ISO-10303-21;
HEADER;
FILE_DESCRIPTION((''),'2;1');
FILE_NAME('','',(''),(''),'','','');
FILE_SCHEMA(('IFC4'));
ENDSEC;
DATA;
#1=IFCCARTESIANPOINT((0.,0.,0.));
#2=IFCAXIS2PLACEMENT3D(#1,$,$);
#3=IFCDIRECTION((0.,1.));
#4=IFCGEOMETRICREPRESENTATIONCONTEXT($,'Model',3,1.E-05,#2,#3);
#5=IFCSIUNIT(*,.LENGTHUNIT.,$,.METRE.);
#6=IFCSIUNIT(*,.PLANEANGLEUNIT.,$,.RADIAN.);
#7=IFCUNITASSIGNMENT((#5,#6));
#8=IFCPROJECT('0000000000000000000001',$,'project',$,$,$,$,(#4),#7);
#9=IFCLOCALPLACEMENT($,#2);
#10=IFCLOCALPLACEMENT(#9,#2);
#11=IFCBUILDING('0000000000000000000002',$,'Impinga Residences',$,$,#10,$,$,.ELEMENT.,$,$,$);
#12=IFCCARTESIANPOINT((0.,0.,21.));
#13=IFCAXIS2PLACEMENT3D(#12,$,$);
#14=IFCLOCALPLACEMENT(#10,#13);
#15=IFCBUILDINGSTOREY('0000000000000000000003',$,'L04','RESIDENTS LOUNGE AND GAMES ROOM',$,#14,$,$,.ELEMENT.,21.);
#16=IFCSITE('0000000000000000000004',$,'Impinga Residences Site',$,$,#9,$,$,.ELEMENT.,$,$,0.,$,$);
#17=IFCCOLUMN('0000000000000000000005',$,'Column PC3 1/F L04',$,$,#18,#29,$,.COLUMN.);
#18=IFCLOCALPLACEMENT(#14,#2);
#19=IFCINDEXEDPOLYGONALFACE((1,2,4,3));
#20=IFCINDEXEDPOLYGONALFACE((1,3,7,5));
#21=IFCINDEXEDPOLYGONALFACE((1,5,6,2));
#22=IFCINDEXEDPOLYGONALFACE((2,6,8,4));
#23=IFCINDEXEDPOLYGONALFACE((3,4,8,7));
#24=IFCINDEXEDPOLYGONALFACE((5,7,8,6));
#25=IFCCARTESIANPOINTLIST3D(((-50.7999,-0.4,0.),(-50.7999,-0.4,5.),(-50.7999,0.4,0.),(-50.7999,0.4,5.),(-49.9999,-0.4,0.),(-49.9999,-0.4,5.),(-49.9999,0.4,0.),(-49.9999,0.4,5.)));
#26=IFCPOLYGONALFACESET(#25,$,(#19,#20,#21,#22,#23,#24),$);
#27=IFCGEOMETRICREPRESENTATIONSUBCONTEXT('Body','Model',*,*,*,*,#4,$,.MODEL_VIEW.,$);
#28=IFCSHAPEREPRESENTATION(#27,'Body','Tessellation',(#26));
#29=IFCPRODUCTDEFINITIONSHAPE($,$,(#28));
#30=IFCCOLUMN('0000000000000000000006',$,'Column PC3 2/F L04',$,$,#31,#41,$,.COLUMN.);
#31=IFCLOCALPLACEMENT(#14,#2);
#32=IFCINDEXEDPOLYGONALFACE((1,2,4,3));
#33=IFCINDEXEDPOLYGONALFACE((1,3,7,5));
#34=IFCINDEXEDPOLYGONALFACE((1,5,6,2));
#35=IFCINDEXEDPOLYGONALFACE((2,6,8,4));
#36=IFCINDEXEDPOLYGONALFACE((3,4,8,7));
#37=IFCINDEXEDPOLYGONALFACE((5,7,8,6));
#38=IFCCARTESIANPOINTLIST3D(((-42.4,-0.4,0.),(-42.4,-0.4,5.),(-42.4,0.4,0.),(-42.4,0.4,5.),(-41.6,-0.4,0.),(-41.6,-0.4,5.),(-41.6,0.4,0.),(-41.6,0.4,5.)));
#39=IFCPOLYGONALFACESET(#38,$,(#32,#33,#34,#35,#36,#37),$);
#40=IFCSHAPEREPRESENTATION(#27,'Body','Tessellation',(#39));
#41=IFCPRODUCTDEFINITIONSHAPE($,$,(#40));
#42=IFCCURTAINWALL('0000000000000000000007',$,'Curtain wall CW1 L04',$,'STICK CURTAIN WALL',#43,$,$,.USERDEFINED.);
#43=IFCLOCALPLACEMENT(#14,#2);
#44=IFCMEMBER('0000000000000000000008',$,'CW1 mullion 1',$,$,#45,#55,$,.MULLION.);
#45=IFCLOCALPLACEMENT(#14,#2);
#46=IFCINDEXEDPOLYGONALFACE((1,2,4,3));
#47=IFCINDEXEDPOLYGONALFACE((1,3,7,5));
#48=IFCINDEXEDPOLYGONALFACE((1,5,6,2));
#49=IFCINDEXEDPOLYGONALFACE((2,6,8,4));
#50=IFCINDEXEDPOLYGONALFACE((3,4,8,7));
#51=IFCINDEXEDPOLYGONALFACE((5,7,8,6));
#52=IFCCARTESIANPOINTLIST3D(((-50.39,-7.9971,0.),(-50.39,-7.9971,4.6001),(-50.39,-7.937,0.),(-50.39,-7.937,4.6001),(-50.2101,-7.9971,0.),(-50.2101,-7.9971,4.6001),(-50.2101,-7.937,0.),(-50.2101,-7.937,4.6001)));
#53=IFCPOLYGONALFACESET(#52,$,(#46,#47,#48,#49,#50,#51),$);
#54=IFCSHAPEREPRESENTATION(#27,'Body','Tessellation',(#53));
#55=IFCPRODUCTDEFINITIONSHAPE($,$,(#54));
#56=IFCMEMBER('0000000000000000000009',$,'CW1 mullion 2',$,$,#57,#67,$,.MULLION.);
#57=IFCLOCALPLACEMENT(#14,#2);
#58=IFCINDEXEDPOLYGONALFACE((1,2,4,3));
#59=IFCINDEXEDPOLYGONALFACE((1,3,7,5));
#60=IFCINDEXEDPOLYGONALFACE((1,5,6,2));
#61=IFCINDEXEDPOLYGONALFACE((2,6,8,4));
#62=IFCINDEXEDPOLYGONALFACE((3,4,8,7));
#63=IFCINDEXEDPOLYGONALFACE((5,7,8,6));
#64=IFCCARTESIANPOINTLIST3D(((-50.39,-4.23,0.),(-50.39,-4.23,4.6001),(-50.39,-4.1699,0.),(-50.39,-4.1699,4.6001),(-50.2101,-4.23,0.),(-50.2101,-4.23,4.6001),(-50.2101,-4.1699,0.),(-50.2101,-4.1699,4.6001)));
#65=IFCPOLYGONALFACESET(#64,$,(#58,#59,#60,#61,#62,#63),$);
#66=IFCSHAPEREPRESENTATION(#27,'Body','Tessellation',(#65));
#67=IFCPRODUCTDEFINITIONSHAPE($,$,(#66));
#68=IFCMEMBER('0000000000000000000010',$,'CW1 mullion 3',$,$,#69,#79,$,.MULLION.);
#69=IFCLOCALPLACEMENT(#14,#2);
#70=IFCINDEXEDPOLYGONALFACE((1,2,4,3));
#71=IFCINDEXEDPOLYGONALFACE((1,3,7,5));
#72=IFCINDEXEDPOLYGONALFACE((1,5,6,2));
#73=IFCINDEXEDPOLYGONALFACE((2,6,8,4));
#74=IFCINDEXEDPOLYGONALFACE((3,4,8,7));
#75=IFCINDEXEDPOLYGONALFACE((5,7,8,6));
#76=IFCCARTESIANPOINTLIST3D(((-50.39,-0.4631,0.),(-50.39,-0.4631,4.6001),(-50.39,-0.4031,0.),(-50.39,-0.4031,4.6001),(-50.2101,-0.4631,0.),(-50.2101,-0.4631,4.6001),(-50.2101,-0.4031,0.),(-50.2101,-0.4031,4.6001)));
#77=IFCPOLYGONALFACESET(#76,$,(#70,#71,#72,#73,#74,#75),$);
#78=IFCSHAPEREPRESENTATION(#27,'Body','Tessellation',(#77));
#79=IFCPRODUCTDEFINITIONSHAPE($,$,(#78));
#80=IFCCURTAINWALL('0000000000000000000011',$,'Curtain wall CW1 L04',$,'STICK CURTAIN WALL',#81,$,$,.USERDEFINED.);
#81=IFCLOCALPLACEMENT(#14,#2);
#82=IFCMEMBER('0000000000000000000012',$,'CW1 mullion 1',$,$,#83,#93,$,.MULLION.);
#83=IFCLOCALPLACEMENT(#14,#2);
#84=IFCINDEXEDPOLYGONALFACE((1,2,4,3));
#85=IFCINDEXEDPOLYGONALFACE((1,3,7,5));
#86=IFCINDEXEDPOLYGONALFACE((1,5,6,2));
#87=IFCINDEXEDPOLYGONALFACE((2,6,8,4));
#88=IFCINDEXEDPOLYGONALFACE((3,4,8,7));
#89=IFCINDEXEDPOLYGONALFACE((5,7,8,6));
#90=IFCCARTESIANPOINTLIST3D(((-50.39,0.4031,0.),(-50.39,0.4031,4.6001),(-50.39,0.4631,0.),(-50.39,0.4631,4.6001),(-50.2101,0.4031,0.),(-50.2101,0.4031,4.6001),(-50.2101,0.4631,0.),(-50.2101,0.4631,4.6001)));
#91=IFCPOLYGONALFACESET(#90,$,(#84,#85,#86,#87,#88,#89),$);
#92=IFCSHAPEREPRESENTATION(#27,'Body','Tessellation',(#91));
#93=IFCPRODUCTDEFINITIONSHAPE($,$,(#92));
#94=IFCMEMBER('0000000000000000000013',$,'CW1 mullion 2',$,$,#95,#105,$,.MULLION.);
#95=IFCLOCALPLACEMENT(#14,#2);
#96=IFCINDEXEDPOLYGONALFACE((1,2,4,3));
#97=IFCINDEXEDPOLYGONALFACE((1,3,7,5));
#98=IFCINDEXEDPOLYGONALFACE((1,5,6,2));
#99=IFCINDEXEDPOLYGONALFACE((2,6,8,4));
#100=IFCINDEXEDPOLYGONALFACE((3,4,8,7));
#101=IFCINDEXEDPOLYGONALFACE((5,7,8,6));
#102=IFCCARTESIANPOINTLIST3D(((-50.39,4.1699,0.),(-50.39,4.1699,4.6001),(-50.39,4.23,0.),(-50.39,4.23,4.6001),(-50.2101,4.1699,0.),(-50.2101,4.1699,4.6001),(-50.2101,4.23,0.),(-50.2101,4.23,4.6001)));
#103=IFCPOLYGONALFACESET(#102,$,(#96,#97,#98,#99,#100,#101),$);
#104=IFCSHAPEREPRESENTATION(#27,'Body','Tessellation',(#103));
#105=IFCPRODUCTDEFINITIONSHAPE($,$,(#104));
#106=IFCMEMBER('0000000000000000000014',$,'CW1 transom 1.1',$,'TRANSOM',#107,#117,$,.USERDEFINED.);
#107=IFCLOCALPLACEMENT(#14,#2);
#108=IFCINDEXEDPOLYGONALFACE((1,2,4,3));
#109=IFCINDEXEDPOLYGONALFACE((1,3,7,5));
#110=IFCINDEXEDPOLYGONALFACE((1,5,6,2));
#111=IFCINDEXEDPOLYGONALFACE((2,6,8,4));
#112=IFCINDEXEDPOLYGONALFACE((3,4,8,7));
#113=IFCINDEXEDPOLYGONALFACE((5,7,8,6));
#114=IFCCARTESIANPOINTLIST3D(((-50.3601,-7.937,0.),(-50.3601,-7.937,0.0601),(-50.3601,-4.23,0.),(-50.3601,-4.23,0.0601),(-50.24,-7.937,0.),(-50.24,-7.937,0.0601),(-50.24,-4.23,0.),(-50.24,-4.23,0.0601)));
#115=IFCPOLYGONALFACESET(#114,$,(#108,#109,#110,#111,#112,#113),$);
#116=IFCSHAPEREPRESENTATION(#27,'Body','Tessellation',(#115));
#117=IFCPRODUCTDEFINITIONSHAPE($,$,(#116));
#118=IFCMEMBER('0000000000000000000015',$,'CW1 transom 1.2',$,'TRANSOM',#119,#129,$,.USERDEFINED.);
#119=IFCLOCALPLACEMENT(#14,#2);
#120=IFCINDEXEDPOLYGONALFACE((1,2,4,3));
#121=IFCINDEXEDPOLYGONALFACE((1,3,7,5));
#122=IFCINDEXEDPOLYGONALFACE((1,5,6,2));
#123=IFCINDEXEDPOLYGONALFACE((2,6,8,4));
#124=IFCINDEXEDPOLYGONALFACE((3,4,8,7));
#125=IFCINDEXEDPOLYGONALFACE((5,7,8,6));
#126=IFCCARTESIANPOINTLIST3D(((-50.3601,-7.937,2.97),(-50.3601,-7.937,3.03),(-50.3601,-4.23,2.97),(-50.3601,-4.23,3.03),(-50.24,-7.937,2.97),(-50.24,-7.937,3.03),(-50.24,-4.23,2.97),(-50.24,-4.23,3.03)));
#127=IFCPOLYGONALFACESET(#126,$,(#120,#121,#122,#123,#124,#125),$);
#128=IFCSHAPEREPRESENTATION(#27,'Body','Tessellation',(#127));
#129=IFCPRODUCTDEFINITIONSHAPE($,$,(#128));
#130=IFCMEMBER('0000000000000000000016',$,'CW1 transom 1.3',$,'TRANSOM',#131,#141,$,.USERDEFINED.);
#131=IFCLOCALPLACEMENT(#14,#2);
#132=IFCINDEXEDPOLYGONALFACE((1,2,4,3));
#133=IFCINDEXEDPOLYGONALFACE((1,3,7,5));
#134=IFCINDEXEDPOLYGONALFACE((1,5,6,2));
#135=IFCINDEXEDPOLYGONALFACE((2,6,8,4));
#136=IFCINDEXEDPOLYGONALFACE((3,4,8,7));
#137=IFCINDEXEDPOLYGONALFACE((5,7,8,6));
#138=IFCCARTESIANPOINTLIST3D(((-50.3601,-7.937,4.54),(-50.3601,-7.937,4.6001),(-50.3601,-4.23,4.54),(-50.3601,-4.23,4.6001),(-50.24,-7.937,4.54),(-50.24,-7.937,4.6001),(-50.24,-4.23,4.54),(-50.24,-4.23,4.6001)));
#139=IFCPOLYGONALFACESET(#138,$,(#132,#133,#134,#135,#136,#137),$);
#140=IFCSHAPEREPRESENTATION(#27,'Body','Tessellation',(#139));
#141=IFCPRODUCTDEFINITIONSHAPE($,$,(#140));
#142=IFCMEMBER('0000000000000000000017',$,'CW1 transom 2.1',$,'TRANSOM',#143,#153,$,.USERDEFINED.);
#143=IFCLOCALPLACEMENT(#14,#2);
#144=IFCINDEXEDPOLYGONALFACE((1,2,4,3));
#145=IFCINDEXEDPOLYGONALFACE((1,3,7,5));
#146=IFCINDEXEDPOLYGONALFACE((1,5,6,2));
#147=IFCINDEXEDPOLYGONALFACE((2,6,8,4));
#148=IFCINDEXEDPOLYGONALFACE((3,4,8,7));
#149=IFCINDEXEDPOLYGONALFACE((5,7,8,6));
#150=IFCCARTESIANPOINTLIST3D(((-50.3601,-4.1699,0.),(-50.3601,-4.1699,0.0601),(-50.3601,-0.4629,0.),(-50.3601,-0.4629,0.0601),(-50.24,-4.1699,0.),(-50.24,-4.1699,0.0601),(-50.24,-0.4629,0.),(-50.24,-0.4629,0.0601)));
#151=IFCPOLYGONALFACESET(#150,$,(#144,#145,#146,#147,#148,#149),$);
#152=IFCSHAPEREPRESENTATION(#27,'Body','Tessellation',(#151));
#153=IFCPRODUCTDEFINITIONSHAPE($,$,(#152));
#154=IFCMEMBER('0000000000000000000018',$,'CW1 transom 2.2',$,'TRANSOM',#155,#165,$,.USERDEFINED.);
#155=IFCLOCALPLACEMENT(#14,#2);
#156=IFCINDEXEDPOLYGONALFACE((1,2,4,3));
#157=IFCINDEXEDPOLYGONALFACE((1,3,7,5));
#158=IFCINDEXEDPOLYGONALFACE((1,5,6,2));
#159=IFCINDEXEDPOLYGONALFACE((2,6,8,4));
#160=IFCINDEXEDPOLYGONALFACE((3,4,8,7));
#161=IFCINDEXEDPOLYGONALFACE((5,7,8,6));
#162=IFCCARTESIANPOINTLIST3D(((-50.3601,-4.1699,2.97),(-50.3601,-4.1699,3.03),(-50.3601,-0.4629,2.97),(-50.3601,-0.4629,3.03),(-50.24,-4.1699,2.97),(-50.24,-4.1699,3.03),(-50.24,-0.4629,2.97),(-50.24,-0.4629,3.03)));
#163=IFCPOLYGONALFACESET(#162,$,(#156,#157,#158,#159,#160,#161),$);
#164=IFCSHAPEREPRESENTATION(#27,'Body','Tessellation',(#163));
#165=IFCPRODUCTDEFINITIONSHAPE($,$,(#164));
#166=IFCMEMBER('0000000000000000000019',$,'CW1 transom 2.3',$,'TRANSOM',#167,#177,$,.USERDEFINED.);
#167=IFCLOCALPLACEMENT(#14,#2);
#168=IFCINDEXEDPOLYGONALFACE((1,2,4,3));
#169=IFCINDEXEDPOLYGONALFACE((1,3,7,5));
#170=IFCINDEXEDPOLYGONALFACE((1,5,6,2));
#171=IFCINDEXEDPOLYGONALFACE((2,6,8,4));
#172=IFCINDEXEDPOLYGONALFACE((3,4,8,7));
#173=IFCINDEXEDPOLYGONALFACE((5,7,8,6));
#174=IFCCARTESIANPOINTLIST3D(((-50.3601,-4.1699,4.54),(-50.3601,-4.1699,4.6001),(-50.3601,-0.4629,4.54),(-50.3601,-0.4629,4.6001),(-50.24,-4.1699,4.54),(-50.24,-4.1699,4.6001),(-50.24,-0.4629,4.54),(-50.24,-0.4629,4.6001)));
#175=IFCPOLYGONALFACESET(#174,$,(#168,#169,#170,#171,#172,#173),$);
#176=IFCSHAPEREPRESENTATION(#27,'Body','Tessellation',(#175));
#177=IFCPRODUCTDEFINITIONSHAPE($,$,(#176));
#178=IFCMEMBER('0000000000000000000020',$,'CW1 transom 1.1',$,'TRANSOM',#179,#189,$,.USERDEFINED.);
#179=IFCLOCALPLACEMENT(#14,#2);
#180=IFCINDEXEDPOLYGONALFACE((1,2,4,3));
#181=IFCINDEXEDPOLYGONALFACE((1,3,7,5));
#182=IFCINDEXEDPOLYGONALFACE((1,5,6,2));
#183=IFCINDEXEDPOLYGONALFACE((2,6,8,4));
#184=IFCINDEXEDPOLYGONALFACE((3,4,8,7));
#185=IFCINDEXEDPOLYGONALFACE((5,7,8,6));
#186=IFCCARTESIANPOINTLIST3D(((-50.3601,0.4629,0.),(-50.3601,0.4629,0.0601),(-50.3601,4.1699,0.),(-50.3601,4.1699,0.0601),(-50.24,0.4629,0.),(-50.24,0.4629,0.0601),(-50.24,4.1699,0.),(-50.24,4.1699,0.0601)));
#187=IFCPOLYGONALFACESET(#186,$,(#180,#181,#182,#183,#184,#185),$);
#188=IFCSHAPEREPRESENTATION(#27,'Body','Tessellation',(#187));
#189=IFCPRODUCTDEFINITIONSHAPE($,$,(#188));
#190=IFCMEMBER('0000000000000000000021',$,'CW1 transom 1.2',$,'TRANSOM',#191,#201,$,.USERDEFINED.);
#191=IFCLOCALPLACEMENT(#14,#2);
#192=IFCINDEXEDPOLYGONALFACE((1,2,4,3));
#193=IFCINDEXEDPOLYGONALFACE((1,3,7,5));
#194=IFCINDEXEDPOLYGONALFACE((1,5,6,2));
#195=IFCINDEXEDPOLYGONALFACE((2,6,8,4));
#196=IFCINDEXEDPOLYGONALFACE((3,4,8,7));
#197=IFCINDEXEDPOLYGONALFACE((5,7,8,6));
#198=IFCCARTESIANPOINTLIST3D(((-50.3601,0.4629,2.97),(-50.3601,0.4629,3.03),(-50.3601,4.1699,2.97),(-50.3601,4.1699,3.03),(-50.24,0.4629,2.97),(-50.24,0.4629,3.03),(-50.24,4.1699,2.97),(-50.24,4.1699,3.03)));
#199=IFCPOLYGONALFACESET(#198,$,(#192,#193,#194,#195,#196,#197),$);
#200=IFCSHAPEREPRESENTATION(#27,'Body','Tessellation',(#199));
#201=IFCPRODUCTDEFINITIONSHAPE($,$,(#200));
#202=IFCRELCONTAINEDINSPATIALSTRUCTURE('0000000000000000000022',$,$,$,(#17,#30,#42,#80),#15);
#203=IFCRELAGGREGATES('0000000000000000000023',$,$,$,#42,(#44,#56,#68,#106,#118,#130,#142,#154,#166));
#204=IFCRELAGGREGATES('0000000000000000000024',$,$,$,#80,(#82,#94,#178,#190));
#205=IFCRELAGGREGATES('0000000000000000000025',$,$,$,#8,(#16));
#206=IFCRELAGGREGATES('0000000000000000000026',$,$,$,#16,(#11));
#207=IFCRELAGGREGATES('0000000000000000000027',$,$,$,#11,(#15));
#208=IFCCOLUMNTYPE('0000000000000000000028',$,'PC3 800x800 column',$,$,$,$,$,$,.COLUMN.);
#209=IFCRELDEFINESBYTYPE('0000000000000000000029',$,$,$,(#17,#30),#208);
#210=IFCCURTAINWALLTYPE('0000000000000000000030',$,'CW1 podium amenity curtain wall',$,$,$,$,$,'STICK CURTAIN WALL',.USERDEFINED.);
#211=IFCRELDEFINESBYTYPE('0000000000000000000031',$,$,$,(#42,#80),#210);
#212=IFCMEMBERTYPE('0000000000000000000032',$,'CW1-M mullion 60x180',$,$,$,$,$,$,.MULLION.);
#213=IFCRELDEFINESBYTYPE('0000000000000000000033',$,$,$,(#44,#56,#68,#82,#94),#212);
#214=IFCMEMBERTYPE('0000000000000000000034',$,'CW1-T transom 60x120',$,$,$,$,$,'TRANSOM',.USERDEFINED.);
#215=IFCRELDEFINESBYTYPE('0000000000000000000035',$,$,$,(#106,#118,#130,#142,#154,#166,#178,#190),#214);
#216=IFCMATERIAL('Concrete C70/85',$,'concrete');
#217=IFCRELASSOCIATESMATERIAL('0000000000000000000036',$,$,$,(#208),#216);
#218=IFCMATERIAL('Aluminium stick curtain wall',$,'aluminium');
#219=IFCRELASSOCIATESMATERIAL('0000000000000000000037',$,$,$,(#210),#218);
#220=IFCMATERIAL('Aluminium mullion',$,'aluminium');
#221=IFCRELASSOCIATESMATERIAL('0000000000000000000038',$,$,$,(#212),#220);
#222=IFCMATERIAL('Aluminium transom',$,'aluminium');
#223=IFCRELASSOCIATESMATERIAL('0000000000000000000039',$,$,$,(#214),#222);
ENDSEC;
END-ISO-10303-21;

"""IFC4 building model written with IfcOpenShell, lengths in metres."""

from ifc_helpers import new_model, si_unit, direction, frame, origin, origin_2d, place, context, subcontext, project, spatial, rectangle, extrude, material, material_profile, profile_set, type_object, element, aggregate, save


model = new_model("IFC4")

# Units and contexts
model_context = context("Model", 3, precision=1e-05, world=origin(), true_north=direction((0.0, 1.0)))
body_context = subcontext(model_context, "Body", "Model", "MODEL_VIEW")
ifc_project = project(units=[si_unit("LENGTHUNIT", "METRE"), si_unit("PLANEANGLEUNIT", "RADIAN")], contexts=[model_context])

# Site, building, storey
site_placement = place(None, origin())
site = spatial("IfcSite", under=ifc_project, at=site_placement, Name="Impinga Residences Site", CompositionType="ELEMENT", RefElevation=0.0)
building_placement = place(site_placement, origin())
building = spatial("IfcBuilding", under=site, at=building_placement, Name="Impinga Residences", CompositionType="ELEMENT")
storey_placement = place(building_placement, frame((0.0, 0.0, 21.0)))
storey = spatial("IfcBuildingStorey", under=building, at=storey_placement, Name="L04", Description="RESIDENTS LOUNGE AND GAMES ROOM", CompositionType="ELEMENT", Elevation=21.0)

# Columns
ifc_material_1 = material(Name="Concrete C70/85", Category="concrete")
ifc_material_profile_1 = material_profile(ifc_material_1, rectangle(XDim=0.8, YDim=0.8, at=origin_2d()), Name="RC 800x800")
ifc_profile_set_1 = profile_set([ifc_material_profile_1], Name="Concrete C70/85")
column_type = type_object("IfcColumnType", Name="PC3 800x800 column", PredefinedType="COLUMN", material=ifc_profile_set_1)
for number, where, z_axis, x_axis, name in (
    (1, (-50.3999, 0.0, 0.0), (0.0, 0.0, 1.0), (1.0, 0.0, 0.0), "Column PC3 1/F L04"),
    (2, (-42.0, 0.0, 0.0), (0.0, 0.0, 1.0), (1.0, 0.0, 0.0), "Column PC3 2/F L04"),
):
    element("IfcColumn", number, at=place(storey_placement, frame(where, z_axis=z_axis, x_axis=x_axis)), inside=storey, type_object=column_type, Name=name, PredefinedType="COLUMN", context=body_context, shape_type="SweptSolid", body=[
        extrude(rectangle(XDim=0.8, YDim=0.8, at=origin_2d()), origin(), (0.0, 0.0, 1.0), 5.0),
    ])

# Curtain walls, members
ifc_material_2 = material(Name="Aluminium stick curtain wall", Category="aluminium")
curtain_wall_type = type_object("IfcCurtainWallType", Name="CW1 podium amenity curtain wall", ElementType="STICK CURTAIN WALL", PredefinedType="USERDEFINED", material=ifc_material_2)
curtain_wall_1_placement = place(storey_placement, origin())
curtain_wall_1 = element("IfcCurtainWall", 3, at=curtain_wall_1_placement, inside=storey, type_object=curtain_wall_type, Name="Curtain wall CW1 L04", ObjectType="STICK CURTAIN WALL", PredefinedType="USERDEFINED")
ifc_material_3 = material(Name="Aluminium mullion", Category="aluminium")
ifc_material_profile_2 = material_profile(ifc_material_3, rectangle(XDim=0.0601, YDim=0.1799, at=origin_2d()), Name="60x180 mullion")
ifc_profile_set_2 = profile_set([ifc_material_profile_2], Name="Aluminium mullion")
member_type_1 = type_object("IfcMemberType", Name="CW1-M mullion 60x180", PredefinedType="MULLION", material=ifc_profile_set_2)
member_1_placement = place(storey_placement, frame((-50.3, -7.967, 0.0), z_axis=(0.0, 0.0, 1.0), x_axis=(0.0, 1.0, 0.0)))
member_1 = element("IfcMember", 4, at=member_1_placement, type_object=member_type_1, Name="CW1 mullion 1", PredefinedType="MULLION", context=body_context, shape_type="SweptSolid", body=[
    extrude(rectangle(XDim=0.0601, YDim=0.1799, at=origin_2d()), origin(), (0.0, 0.0, 1.0), 4.6001),
])
member_2_placement = place(storey_placement, frame((-50.3, -4.2, 0.0), z_axis=(0.0, 0.0, 1.0), x_axis=(0.0, 1.0, 0.0)))
member_2 = element("IfcMember", 5, at=member_2_placement, type_object=member_type_1, Name="CW1 mullion 2", PredefinedType="MULLION", context=body_context, shape_type="SweptSolid", body=[
    extrude(rectangle(XDim=0.0601, YDim=0.1799, at=origin_2d()), origin(), (0.0, 0.0, 1.0), 4.6001),
])
member_3_placement = place(storey_placement, frame((-50.3, -0.4331, 0.0), z_axis=(0.0, 0.0, 1.0), x_axis=(0.0, 1.0, 0.0)))
member_3 = element("IfcMember", 6, at=member_3_placement, type_object=member_type_1, Name="CW1 mullion 3", PredefinedType="MULLION", context=body_context, shape_type="SweptSolid", body=[
    extrude(rectangle(XDim=0.0601, YDim=0.1799, at=origin_2d()), origin(), (0.0, 0.0, 1.0), 4.6001),
])
curtain_wall_2_placement = place(storey_placement, origin())
curtain_wall_2 = element("IfcCurtainWall", 7, at=curtain_wall_2_placement, inside=storey, type_object=curtain_wall_type, Name="Curtain wall CW1 L04", ObjectType="STICK CURTAIN WALL", PredefinedType="USERDEFINED")
member_4_placement = place(storey_placement, frame((-50.3, 0.4331, 0.0), z_axis=(0.0, 0.0, 1.0), x_axis=(0.0, 1.0, 0.0)))
member_4 = element("IfcMember", 8, at=member_4_placement, type_object=member_type_1, Name="CW1 mullion 1", PredefinedType="MULLION", context=body_context, shape_type="SweptSolid", body=[
    extrude(rectangle(XDim=0.0601, YDim=0.1799, at=origin_2d()), origin(), (0.0, 0.0, 1.0), 4.6001),
])
member_5_placement = place(storey_placement, frame((-50.3, 4.2, 0.0), z_axis=(0.0, 0.0, 1.0), x_axis=(0.0, 1.0, 0.0)))
member_5 = element("IfcMember", 9, at=member_5_placement, type_object=member_type_1, Name="CW1 mullion 2", PredefinedType="MULLION", context=body_context, shape_type="SweptSolid", body=[
    extrude(rectangle(XDim=0.0601, YDim=0.1799, at=origin_2d()), origin(), (0.0, 0.0, 1.0), 4.6001),
])

# Members
ifc_material_4 = material(Name="Aluminium transom", Category="aluminium")
ifc_material_profile_3 = material_profile(ifc_material_4, rectangle(XDim=0.0601, YDim=0.1201, at=origin_2d()), Name="60x120 transom")
ifc_profile_set_3 = profile_set([ifc_material_profile_3], Name="Aluminium transom")
member_type_2 = type_object("IfcMemberType", Name="CW1-T transom 60x120", ElementType="TRANSOM", PredefinedType="USERDEFINED", material=ifc_profile_set_3)
member_6_placement = place(storey_placement, frame((-50.3, -7.937, 0.03), z_axis=(0.0, 1.0, 0.0), x_axis=(0.0, 0.0, 1.0)))
member_6 = element("IfcMember", 10, at=member_6_placement, type_object=member_type_2, Name="CW1 transom 1.1", ObjectType="TRANSOM", PredefinedType="USERDEFINED", context=body_context, shape_type="SweptSolid", body=[
    extrude(rectangle(XDim=0.0601, YDim=0.1201, at=origin_2d()), origin(), (0.0, 0.0, 1.0), 3.707),
])
member_7_placement = place(storey_placement, frame((-50.3, -7.937, 3.0), z_axis=(0.0, 1.0, 0.0), x_axis=(0.0, 0.0, 1.0)))
member_7 = element("IfcMember", 11, at=member_7_placement, type_object=member_type_2, Name="CW1 transom 1.2", ObjectType="TRANSOM", PredefinedType="USERDEFINED", context=body_context, shape_type="SweptSolid", body=[
    extrude(rectangle(XDim=0.0601, YDim=0.1201, at=origin_2d()), origin(), (0.0, 0.0, 1.0), 3.707),
])
member_8_placement = place(storey_placement, frame((-50.3, -7.937, 4.5701), z_axis=(0.0, 1.0, 0.0), x_axis=(0.0, 0.0, 1.0)))
member_8 = element("IfcMember", 12, at=member_8_placement, type_object=member_type_2, Name="CW1 transom 1.3", ObjectType="TRANSOM", PredefinedType="USERDEFINED", context=body_context, shape_type="SweptSolid", body=[
    extrude(rectangle(XDim=0.0601, YDim=0.1201, at=origin_2d()), origin(), (0.0, 0.0, 1.0), 3.707),
])
member_9_placement = place(storey_placement, frame((-50.3, -4.1699, 0.03), z_axis=(0.0, 1.0, 0.0), x_axis=(0.0, 0.0, 1.0)))
member_9 = element("IfcMember", 13, at=member_9_placement, type_object=member_type_2, Name="CW1 transom 2.1", ObjectType="TRANSOM", PredefinedType="USERDEFINED", context=body_context, shape_type="SweptSolid", body=[
    extrude(rectangle(XDim=0.0601, YDim=0.1201, at=origin_2d()), origin(), (0.0, 0.0, 1.0), 3.707),
])
member_10_placement = place(storey_placement, frame((-50.3, -4.1699, 3.0), z_axis=(0.0, 1.0, 0.0), x_axis=(0.0, 0.0, 1.0)))
member_10 = element("IfcMember", 14, at=member_10_placement, type_object=member_type_2, Name="CW1 transom 2.2", ObjectType="TRANSOM", PredefinedType="USERDEFINED", context=body_context, shape_type="SweptSolid", body=[
    extrude(rectangle(XDim=0.0601, YDim=0.1201, at=origin_2d()), origin(), (0.0, 0.0, 1.0), 3.707),
])
member_11_placement = place(storey_placement, frame((-50.3, -4.1699, 4.5701), z_axis=(0.0, 1.0, 0.0), x_axis=(0.0, 0.0, 1.0)))
member_11 = element("IfcMember", 15, at=member_11_placement, type_object=member_type_2, Name="CW1 transom 2.3", ObjectType="TRANSOM", PredefinedType="USERDEFINED", context=body_context, shape_type="SweptSolid", body=[
    extrude(rectangle(XDim=0.0601, YDim=0.1201, at=origin_2d()), origin(), (0.0, 0.0, 1.0), 3.707),
])
member_12_placement = place(storey_placement, frame((-50.3, 0.4629, 0.03), z_axis=(0.0, 1.0, 0.0), x_axis=(0.0, 0.0, 1.0)))
member_12 = element("IfcMember", 16, at=member_12_placement, type_object=member_type_2, Name="CW1 transom 1.1", ObjectType="TRANSOM", PredefinedType="USERDEFINED", context=body_context, shape_type="SweptSolid", body=[
    extrude(rectangle(XDim=0.0601, YDim=0.1201, at=origin_2d()), origin(), (0.0, 0.0, 1.0), 3.707),
])
member_13_placement = place(storey_placement, frame((-50.3, 0.4629, 3.0), z_axis=(0.0, 1.0, 0.0), x_axis=(0.0, 0.0, 1.0)))
member_13 = element("IfcMember", 17, at=member_13_placement, type_object=member_type_2, Name="CW1 transom 1.2", ObjectType="TRANSOM", PredefinedType="USERDEFINED", context=body_context, shape_type="SweptSolid", body=[
    extrude(rectangle(XDim=0.0601, YDim=0.1201, at=origin_2d()), origin(), (0.0, 0.0, 1.0), 3.707),
])

aggregate(curtain_wall_1, [member_1, member_2, member_3, member_6, member_7, member_8, member_9, member_10, member_11])
aggregate(curtain_wall_2, [member_4, member_5, member_12, member_13])

save(model, "model.ifc")
